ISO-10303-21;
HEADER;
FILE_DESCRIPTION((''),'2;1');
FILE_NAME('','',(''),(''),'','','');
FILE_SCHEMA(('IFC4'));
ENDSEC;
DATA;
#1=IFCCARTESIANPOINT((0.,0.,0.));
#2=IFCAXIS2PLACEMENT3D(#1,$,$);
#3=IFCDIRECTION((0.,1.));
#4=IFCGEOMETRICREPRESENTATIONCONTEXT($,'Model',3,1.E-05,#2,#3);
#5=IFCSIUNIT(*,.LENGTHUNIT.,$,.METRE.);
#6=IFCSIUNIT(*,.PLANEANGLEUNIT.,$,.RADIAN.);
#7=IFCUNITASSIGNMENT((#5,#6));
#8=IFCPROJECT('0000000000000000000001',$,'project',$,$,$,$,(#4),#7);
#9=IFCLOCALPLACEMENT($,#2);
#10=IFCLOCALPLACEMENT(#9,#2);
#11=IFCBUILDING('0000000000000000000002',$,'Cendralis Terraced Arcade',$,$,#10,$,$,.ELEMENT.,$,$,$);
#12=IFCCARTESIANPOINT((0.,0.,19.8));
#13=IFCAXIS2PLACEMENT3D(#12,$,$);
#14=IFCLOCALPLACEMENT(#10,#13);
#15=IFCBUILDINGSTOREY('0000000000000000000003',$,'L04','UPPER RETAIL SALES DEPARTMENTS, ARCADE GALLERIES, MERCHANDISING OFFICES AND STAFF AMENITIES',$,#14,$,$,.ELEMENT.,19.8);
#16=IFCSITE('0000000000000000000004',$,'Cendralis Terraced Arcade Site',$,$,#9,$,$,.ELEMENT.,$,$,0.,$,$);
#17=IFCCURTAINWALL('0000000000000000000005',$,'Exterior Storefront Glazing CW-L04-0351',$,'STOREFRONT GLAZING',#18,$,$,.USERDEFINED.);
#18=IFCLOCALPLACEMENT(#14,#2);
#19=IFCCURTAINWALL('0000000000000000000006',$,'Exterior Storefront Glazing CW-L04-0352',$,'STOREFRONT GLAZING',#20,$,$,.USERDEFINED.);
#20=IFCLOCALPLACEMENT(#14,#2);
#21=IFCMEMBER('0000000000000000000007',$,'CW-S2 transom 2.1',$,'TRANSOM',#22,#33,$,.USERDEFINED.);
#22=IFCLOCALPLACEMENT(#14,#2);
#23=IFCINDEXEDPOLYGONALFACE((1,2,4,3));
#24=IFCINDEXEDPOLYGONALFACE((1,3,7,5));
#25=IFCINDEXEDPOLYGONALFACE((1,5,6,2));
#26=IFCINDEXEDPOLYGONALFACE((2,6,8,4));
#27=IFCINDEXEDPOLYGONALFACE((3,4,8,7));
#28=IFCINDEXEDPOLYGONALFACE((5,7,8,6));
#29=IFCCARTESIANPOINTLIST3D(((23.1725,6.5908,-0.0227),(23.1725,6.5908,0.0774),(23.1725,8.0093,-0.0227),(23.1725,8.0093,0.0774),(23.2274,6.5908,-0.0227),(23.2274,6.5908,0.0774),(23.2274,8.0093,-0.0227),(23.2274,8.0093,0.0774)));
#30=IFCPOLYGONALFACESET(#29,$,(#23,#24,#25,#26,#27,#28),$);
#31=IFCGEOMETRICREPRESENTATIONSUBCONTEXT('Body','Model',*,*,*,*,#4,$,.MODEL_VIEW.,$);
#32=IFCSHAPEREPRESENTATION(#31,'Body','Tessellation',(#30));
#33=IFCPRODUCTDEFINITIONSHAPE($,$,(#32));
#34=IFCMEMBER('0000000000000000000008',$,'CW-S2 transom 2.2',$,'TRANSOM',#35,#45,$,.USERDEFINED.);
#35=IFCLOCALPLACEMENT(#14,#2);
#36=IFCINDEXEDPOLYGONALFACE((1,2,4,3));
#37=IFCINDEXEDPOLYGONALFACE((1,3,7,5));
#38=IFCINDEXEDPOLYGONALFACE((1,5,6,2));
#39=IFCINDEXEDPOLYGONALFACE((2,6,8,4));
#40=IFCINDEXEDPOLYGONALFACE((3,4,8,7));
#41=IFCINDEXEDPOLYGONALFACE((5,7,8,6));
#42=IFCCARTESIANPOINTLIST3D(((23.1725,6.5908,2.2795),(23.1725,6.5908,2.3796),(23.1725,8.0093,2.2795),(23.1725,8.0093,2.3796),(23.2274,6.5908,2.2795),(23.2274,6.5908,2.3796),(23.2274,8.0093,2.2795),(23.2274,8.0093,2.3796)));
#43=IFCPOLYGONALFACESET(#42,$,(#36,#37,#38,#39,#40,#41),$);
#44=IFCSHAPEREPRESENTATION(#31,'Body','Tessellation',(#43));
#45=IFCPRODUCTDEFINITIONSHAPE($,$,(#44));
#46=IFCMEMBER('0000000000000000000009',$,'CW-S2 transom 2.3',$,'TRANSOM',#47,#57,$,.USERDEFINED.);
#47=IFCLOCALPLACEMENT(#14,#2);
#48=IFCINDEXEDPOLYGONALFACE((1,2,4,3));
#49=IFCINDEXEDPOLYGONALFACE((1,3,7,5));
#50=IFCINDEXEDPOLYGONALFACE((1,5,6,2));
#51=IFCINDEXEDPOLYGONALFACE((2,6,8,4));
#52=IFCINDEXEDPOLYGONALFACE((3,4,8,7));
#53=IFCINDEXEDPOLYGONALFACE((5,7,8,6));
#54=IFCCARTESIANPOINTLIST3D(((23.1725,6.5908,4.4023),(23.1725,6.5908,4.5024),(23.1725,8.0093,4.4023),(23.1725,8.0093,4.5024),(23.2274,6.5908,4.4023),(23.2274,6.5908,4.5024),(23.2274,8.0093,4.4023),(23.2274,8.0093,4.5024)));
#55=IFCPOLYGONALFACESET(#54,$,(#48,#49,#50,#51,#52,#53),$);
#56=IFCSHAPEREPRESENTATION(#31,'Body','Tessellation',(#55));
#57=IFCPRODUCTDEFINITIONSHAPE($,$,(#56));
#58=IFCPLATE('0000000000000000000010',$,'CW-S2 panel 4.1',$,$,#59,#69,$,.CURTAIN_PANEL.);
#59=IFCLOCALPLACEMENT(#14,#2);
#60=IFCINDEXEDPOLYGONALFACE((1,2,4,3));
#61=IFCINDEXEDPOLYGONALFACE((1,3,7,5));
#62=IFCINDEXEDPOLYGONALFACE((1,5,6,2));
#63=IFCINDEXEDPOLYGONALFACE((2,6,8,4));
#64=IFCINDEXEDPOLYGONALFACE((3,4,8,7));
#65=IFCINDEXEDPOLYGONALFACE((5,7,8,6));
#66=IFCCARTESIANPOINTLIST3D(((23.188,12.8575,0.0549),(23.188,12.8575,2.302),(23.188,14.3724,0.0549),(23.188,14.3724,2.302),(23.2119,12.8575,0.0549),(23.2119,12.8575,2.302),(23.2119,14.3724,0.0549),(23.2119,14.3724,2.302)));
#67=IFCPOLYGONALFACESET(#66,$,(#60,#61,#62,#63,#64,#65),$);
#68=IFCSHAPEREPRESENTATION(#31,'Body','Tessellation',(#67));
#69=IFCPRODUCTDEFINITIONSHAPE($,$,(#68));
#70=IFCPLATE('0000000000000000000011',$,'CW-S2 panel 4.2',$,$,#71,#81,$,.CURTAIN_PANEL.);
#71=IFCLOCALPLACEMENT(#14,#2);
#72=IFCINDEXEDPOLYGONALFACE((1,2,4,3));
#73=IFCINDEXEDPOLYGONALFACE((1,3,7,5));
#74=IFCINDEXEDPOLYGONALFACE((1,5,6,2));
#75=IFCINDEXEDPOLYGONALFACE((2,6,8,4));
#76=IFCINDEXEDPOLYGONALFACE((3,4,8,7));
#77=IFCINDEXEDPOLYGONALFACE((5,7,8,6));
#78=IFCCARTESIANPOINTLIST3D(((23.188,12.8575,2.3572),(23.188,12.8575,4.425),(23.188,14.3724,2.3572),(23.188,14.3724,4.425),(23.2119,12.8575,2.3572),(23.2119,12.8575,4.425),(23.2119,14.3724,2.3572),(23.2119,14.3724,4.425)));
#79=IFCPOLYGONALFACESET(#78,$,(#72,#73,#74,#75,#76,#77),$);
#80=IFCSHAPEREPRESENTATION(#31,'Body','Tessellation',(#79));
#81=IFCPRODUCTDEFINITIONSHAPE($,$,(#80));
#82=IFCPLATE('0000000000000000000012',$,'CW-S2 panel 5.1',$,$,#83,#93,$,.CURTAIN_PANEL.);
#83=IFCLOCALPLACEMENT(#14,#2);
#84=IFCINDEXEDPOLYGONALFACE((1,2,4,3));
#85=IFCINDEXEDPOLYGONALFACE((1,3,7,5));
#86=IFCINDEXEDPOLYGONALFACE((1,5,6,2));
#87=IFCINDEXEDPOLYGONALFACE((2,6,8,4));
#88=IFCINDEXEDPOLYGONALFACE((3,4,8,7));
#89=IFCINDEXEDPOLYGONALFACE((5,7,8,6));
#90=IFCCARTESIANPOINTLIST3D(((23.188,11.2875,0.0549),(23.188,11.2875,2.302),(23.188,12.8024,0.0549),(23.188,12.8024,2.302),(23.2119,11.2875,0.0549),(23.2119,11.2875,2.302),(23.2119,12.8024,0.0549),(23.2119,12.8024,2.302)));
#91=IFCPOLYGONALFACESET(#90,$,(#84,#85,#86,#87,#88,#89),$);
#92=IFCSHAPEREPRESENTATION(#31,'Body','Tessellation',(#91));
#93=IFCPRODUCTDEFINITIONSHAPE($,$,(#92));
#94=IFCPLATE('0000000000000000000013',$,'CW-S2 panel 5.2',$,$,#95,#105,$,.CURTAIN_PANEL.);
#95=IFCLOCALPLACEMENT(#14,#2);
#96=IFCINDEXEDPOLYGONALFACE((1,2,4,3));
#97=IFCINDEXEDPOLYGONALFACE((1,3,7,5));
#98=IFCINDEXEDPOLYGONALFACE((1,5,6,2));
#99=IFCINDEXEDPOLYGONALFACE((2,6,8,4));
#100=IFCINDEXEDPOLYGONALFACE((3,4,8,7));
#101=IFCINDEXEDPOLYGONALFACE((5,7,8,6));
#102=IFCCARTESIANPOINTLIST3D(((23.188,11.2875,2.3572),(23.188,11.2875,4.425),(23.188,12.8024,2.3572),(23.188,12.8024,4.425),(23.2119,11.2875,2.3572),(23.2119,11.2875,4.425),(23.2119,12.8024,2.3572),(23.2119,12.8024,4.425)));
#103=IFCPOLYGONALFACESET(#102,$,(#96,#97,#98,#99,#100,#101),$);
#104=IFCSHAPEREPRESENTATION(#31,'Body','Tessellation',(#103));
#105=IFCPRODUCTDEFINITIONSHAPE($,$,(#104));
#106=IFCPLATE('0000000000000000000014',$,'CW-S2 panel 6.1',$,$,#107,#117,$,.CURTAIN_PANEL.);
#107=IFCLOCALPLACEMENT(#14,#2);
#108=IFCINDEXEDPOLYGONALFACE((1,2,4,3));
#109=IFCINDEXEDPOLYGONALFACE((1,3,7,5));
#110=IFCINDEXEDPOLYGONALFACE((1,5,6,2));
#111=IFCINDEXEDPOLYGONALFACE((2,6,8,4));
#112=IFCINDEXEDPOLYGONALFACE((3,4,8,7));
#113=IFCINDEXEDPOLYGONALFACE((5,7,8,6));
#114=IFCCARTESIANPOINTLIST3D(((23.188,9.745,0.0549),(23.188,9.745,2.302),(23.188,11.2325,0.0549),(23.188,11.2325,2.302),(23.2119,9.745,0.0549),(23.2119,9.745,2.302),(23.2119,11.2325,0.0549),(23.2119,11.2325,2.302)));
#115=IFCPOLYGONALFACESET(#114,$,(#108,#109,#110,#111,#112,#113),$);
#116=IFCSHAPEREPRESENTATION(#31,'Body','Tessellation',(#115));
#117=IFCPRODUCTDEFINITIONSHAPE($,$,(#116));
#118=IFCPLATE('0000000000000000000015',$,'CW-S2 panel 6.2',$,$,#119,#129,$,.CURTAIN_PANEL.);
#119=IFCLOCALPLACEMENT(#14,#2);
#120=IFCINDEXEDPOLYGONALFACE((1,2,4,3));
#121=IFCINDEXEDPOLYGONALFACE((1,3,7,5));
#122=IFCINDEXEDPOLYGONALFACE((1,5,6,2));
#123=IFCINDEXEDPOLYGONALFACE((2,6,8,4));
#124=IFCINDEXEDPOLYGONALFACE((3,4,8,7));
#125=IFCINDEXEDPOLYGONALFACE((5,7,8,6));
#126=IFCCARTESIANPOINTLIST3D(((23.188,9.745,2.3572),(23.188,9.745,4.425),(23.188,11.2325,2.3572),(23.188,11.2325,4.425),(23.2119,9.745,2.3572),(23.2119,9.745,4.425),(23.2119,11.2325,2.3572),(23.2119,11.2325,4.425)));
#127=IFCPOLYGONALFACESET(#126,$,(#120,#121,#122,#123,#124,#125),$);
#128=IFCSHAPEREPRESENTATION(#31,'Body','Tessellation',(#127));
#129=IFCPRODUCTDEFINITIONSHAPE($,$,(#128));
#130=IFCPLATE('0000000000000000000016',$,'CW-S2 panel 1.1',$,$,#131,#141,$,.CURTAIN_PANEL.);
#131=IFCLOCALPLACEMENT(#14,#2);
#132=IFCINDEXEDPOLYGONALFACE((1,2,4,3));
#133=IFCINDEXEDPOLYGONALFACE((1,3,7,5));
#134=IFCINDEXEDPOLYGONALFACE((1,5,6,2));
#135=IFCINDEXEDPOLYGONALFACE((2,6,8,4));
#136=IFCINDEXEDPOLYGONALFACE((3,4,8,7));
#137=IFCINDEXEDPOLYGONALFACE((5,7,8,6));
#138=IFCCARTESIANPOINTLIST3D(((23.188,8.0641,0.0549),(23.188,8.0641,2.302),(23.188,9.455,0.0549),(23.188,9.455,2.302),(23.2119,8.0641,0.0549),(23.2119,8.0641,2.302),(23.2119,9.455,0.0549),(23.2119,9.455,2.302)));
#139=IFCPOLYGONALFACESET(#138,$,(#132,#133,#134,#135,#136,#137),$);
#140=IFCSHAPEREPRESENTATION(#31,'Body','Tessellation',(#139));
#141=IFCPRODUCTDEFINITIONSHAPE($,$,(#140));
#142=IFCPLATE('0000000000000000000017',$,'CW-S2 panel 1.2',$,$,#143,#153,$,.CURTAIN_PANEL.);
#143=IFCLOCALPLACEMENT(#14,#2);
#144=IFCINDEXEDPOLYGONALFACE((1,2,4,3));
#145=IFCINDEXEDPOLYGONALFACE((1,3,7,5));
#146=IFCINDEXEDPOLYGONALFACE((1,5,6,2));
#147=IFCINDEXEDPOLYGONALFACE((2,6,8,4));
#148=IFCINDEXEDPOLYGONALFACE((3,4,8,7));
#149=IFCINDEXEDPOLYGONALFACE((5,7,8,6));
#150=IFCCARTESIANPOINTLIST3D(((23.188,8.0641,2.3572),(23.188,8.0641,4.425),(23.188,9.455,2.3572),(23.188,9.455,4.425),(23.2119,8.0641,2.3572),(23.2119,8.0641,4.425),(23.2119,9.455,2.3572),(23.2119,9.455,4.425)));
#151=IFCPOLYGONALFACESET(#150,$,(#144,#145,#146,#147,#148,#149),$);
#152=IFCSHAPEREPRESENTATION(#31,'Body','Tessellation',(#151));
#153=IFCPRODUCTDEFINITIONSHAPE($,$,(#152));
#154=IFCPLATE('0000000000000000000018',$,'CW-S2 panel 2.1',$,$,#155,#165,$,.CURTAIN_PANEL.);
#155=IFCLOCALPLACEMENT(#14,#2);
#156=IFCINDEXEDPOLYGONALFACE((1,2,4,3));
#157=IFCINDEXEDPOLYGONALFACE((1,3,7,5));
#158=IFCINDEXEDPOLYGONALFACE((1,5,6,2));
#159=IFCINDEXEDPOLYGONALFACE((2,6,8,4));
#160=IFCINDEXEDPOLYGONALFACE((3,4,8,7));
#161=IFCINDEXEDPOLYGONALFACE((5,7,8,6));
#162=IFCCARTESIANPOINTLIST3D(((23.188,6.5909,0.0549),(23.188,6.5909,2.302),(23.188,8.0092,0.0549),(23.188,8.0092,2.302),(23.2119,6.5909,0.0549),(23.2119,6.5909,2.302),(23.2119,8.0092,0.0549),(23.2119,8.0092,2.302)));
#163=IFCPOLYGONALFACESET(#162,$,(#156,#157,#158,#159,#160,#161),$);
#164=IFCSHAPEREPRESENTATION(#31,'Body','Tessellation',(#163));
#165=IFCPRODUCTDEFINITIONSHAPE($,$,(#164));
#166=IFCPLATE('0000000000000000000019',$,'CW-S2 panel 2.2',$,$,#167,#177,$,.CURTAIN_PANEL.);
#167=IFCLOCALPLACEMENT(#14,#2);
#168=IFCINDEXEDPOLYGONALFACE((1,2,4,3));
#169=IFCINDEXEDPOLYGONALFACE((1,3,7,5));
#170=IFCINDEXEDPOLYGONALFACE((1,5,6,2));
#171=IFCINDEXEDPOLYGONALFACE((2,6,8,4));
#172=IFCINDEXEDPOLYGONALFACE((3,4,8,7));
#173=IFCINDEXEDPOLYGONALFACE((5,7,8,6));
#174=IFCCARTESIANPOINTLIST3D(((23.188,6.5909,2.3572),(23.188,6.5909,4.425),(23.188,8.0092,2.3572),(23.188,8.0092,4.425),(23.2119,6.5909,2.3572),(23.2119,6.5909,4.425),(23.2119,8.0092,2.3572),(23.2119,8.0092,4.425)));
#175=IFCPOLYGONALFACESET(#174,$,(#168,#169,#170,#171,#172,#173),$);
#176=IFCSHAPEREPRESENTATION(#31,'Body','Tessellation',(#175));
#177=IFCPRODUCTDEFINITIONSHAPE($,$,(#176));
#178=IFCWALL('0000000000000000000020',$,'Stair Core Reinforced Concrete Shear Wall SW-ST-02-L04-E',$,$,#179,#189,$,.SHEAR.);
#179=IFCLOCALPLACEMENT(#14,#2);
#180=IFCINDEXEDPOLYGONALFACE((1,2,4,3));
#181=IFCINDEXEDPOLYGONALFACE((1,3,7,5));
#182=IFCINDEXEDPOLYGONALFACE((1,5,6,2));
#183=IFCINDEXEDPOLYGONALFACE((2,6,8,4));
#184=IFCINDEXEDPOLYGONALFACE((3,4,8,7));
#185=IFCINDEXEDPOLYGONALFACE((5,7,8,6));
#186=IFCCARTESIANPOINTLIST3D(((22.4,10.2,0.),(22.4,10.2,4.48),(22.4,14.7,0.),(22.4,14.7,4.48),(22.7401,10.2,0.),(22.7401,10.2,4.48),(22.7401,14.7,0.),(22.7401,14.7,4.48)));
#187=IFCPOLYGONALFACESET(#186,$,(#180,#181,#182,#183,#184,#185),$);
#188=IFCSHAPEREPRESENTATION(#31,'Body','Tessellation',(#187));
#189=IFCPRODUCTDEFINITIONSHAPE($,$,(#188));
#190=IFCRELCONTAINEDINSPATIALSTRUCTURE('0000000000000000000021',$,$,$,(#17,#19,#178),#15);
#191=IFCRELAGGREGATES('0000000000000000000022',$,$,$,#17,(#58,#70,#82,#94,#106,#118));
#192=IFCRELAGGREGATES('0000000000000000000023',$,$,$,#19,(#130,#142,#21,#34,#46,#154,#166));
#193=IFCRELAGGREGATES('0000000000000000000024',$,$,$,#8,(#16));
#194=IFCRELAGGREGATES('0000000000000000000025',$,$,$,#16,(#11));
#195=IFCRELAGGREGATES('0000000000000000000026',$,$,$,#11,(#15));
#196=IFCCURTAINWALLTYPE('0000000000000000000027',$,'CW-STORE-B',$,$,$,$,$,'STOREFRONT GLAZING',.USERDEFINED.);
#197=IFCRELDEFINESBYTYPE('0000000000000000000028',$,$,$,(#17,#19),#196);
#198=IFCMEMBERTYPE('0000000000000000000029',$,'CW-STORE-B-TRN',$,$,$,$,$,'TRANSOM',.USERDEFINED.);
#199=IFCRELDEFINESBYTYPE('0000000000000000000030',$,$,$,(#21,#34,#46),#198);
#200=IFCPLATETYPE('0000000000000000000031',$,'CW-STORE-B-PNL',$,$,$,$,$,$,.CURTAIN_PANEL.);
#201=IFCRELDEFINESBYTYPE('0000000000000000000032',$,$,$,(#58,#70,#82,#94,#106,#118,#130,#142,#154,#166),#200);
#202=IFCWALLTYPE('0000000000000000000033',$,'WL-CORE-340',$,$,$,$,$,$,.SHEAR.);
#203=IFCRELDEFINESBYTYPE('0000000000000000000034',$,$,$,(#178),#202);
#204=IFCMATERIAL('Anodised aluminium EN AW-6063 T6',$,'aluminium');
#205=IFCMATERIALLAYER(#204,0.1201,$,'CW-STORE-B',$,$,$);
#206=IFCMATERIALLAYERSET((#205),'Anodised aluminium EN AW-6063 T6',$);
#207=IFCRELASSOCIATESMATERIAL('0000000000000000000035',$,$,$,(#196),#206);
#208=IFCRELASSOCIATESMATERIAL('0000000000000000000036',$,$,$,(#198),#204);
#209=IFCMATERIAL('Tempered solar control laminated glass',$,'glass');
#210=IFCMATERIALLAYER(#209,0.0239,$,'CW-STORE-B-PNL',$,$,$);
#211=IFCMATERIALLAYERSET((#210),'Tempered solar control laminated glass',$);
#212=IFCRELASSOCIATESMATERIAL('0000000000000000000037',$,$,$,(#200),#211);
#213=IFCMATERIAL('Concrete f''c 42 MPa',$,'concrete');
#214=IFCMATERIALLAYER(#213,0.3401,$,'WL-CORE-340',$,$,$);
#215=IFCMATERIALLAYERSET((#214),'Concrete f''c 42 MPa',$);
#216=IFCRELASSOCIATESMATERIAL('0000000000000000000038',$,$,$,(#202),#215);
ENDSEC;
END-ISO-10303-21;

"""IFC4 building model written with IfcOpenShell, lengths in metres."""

from ifc_helpers import new_model, si_unit, direction, frame, frame_2d, origin, origin_2d, place, context, subcontext, project, spatial, rectangle, extrude, material, layer, layer_set, material_profile, profile_set, type_object, element, aggregate, save


model = new_model("IFC4")

# Units and contexts
model_context = context("Model", 3, precision=1e-05, world=origin(), true_north=direction((0.0, 1.0)))
body_context = subcontext(model_context, "Body", "Model", "MODEL_VIEW")
ifc_project = project(units=[si_unit("LENGTHUNIT", "METRE"), si_unit("PLANEANGLEUNIT", "RADIAN")], contexts=[model_context])

# Site, building, storey
site_placement = place(None, origin())
site = spatial("IfcSite", under=ifc_project, at=site_placement, Name="Cendralis Terraced Arcade Site", CompositionType="ELEMENT", RefElevation=0.0)
building_placement = place(site_placement, origin())
building = spatial("IfcBuilding", under=site, at=building_placement, Name="Cendralis Terraced Arcade", CompositionType="ELEMENT")
storey_placement = place(building_placement, frame((0.0, 0.0, 19.8)))
storey = spatial("IfcBuildingStorey", under=building, at=storey_placement, Name="L04", Description="UPPER RETAIL SALES DEPARTMENTS, ARCADE GALLERIES, MERCHANDISING OFFICES AND STAFF AMENITIES", CompositionType="ELEMENT", Elevation=19.8)

# Curtain walls
ifc_material_1 = material(Name="Anodised aluminium EN AW-6063 T6", Category="aluminium")
ifc_layer_1 = layer(ifc_material_1, 0.1201, Name="CW-STORE-B")
ifc_layer_set_1 = layer_set([ifc_layer_1], Name="Anodised aluminium EN AW-6063 T6")
curtain_wall_type = type_object("IfcCurtainWallType", Name="CW-STORE-B", ElementType="STOREFRONT GLAZING", PredefinedType="USERDEFINED", material=ifc_layer_set_1)
curtain_wall_1_placement = place(storey_placement, origin())
curtain_wall_1 = element("IfcCurtainWall", 1, at=curtain_wall_1_placement, inside=storey, type_object=curtain_wall_type, Name="Exterior Storefront Glazing CW-L04-0351", ObjectType="STOREFRONT GLAZING", PredefinedType="USERDEFINED")
curtain_wall_2_placement = place(storey_placement, origin())
curtain_wall_2 = element("IfcCurtainWall", 2, at=curtain_wall_2_placement, inside=storey, type_object=curtain_wall_type, Name="Exterior Storefront Glazing CW-L04-0352", ObjectType="STOREFRONT GLAZING", PredefinedType="USERDEFINED")

# Members
ifc_material_profile_1 = material_profile(ifc_material_1, rectangle(XDim=0.0549, YDim=0.1001, at=origin_2d()), Name="ALU-TRN-55x100")
ifc_profile_set_1 = profile_set([ifc_material_profile_1], Name="Anodised aluminium EN AW-6063 T6")
member_type_1 = type_object("IfcMemberType", Name="CW-STORE-B-TRN", ElementType="TRANSOM", PredefinedType="USERDEFINED", material=ifc_profile_set_1)
member_1_placement = place(storey_placement, frame((23.2, 8.0093, 0.0273), z_axis=(0.0, -1.0, 0.0), x_axis=(1.0, 0.0, 0.0)))
member_1 = element("IfcMember", 3, at=member_1_placement, type_object=member_type_1, Name="CW-S2 transom 2.1", ObjectType="TRANSOM", PredefinedType="USERDEFINED", context=body_context, shape_type="SweptSolid", body=[
    extrude(rectangle(XDim=0.0549, YDim=0.1001, at=origin_2d()), origin(), (0.0, 0.0, 1.0), 1.4185),
])
member_2_placement = place(storey_placement, frame((23.2, 8.0093, 2.3296), z_axis=(0.0, -1.0, 0.0), x_axis=(1.0, 0.0, 0.0)))
member_2 = element("IfcMember", 4, at=member_2_placement, type_object=member_type_1, Name="CW-S2 transom 2.2", ObjectType="TRANSOM", PredefinedType="USERDEFINED", context=body_context, shape_type="SweptSolid", body=[
    extrude(rectangle(XDim=0.0549, YDim=0.1001, at=origin_2d()), origin(), (0.0, 0.0, 1.0), 1.4185),
])
member_3_placement = place(storey_placement, frame((23.2, 8.0093, 4.4524), z_axis=(0.0, -1.0, 0.0), x_axis=(1.0, 0.0, 0.0)))
member_3 = element("IfcMember", 5, at=member_3_placement, type_object=member_type_1, Name="CW-S2 transom 2.3", ObjectType="TRANSOM", PredefinedType="USERDEFINED", context=body_context, shape_type="SweptSolid", body=[
    extrude(rectangle(XDim=0.0549, YDim=0.1001, at=origin_2d()), origin(), (0.0, 0.0, 1.0), 1.4185),
])

# Plates
ifc_material_2 = material(Name="Tempered solar control laminated glass", Category="glass")
ifc_layer_2 = layer(ifc_material_2, 0.0239, Name="CW-STORE-B-PNL")
ifc_layer_set_2 = layer_set([ifc_layer_2], Name="Tempered solar control laminated glass")
plate_type = type_object("IfcPlateType", Name="CW-STORE-B-PNL", PredefinedType="CURTAIN_PANEL", material=ifc_layer_set_2)
plate_1_placement = place(storey_placement, frame((23.2, 13.615, 0.0549), z_axis=(0.0, 0.0, 1.0), x_axis=(0.0, -1.0, 0.0)))
plate_1 = element("IfcPlate", 6, at=plate_1_placement, type_object=plate_type, Name="CW-S2 panel 4.1", PredefinedType="CURTAIN_PANEL", context=body_context, shape_type="SweptSolid", body=[
    extrude(rectangle(XDim=1.5149, YDim=0.0239, at=origin_2d()), origin(), (0.0, 0.0, 1.0), 2.2471),
])
plate_2_placement = place(storey_placement, frame((23.2, 13.615, 2.3572), z_axis=(0.0, 0.0, 1.0), x_axis=(0.0, -1.0, 0.0)))
plate_2 = element("IfcPlate", 7, at=plate_2_placement, type_object=plate_type, Name="CW-S2 panel 4.2", PredefinedType="CURTAIN_PANEL", context=body_context, shape_type="SweptSolid", body=[
    extrude(rectangle(XDim=1.5149, YDim=0.0239, at=origin_2d()), origin(), (0.0, 0.0, 1.0), 2.0679),
])
plate_3_placement = place(storey_placement, frame((23.2, 12.0449, 0.0549), z_axis=(0.0, 0.0, 1.0), x_axis=(0.0, -1.0, 0.0)))
plate_3 = element("IfcPlate", 8, at=plate_3_placement, type_object=plate_type, Name="CW-S2 panel 5.1", PredefinedType="CURTAIN_PANEL", context=body_context, shape_type="SweptSolid", body=[
    extrude(rectangle(XDim=1.5149, YDim=0.0239, at=origin_2d()), origin(), (0.0, 0.0, 1.0), 2.2471),
])
plate_4_placement = place(storey_placement, frame((23.2, 12.0449, 2.3572), z_axis=(0.0, 0.0, 1.0), x_axis=(0.0, -1.0, 0.0)))
plate_4 = element("IfcPlate", 9, at=plate_4_placement, type_object=plate_type, Name="CW-S2 panel 5.2", PredefinedType="CURTAIN_PANEL", context=body_context, shape_type="SweptSolid", body=[
    extrude(rectangle(XDim=1.5149, YDim=0.0239, at=origin_2d()), origin(), (0.0, 0.0, 1.0), 2.0679),
])
plate_5_placement = place(storey_placement, frame((23.2, 10.4888, 0.0549), z_axis=(0.0, 0.0, 1.0), x_axis=(0.0, -1.0, 0.0)))
plate_5 = element("IfcPlate", 10, at=plate_5_placement, type_object=plate_type, Name="CW-S2 panel 6.1", PredefinedType="CURTAIN_PANEL", context=body_context, shape_type="SweptSolid", body=[
    extrude(rectangle(XDim=1.4875, YDim=0.0239, at=origin_2d()), origin(), (0.0, 0.0, 1.0), 2.2471),
])
plate_6_placement = place(storey_placement, frame((23.2, 10.4888, 2.3572), z_axis=(0.0, 0.0, 1.0), x_axis=(0.0, -1.0, 0.0)))
plate_6 = element("IfcPlate", 11, at=plate_6_placement, type_object=plate_type, Name="CW-S2 panel 6.2", PredefinedType="CURTAIN_PANEL", context=body_context, shape_type="SweptSolid", body=[
    extrude(rectangle(XDim=1.4875, YDim=0.0239, at=origin_2d()), origin(), (0.0, 0.0, 1.0), 2.0679),
])
aggregate(curtain_wall_1, [plate_1, plate_2, plate_3, plate_4, plate_5, plate_6])
plate_7_placement = place(storey_placement, frame((23.2, 8.7595, 0.0549), z_axis=(0.0, 0.0, 1.0), x_axis=(0.0, -1.0, 0.0)))
plate_7 = element("IfcPlate", 12, at=plate_7_placement, type_object=plate_type, Name="CW-S2 panel 1.1", PredefinedType="CURTAIN_PANEL", context=body_context, shape_type="SweptSolid", body=[
    extrude(rectangle(XDim=1.3909, YDim=0.0239, at=origin_2d()), origin(), (0.0, 0.0, 1.0), 2.2471),
])
plate_8_placement = place(storey_placement, frame((23.2, 8.7595, 2.3572), z_axis=(0.0, 0.0, 1.0), x_axis=(0.0, -1.0, 0.0)))
plate_8 = element("IfcPlate", 13, at=plate_8_placement, type_object=plate_type, Name="CW-S2 panel 1.2", PredefinedType="CURTAIN_PANEL", context=body_context, shape_type="SweptSolid", body=[
    extrude(rectangle(XDim=1.3909, YDim=0.0239, at=origin_2d()), origin(), (0.0, 0.0, 1.0), 2.0679),
])
plate_9_placement = place(storey_placement, frame((23.2, 7.3, 0.0549), z_axis=(0.0, 0.0, 1.0), x_axis=(0.0, -1.0, 0.0)))
plate_9 = element("IfcPlate", 14, at=plate_9_placement, type_object=plate_type, Name="CW-S2 panel 2.1", PredefinedType="CURTAIN_PANEL", context=body_context, shape_type="SweptSolid", body=[
    extrude(rectangle(XDim=1.4182, YDim=0.0239, at=origin_2d()), origin(), (0.0, 0.0, 1.0), 2.2471),
])
plate_10_placement = place(storey_placement, frame((23.2, 7.3, 2.3572), z_axis=(0.0, 0.0, 1.0), x_axis=(0.0, -1.0, 0.0)))
plate_10 = element("IfcPlate", 15, at=plate_10_placement, type_object=plate_type, Name="CW-S2 panel 2.2", PredefinedType="CURTAIN_PANEL", context=body_context, shape_type="SweptSolid", body=[
    extrude(rectangle(XDim=1.4182, YDim=0.0239, at=origin_2d()), origin(), (0.0, 0.0, 1.0), 2.0679),
])
aggregate(curtain_wall_2, [plate_7, plate_8, member_1, member_2, member_3, plate_9, plate_10])

# Wall
ifc_material_3 = material(Name="Concrete f'c 42 MPa", Category="concrete")
ifc_layer_3 = layer(ifc_material_3, 0.3401, Name="WL-CORE-340")
ifc_layer_set_3 = layer_set([ifc_layer_3], Name="Concrete f'c 42 MPa")
wall_type = type_object("IfcWallType", Name="WL-CORE-340", PredefinedType="SHEAR", material=ifc_layer_set_3)
wall_placement = place(storey_placement, frame((22.5701, 10.2, 0.0), z_axis=(0.0, 0.0, 1.0), x_axis=(0.0, 1.0, 0.0)))
element("IfcWall", 16, at=wall_placement, inside=storey, type_object=wall_type, Name="Stair Core Reinforced Concrete Shear Wall SW-ST-02-L04-E", PredefinedType="SHEAR", context=body_context, shape_type="SweptSolid", body=[
    extrude(rectangle(XDim=4.5, YDim=0.3401, at=frame_2d((2.25, 0.0))), origin(), (0.0, 0.0, 1.0), 4.48),
])

save(model, "model.ifc")
